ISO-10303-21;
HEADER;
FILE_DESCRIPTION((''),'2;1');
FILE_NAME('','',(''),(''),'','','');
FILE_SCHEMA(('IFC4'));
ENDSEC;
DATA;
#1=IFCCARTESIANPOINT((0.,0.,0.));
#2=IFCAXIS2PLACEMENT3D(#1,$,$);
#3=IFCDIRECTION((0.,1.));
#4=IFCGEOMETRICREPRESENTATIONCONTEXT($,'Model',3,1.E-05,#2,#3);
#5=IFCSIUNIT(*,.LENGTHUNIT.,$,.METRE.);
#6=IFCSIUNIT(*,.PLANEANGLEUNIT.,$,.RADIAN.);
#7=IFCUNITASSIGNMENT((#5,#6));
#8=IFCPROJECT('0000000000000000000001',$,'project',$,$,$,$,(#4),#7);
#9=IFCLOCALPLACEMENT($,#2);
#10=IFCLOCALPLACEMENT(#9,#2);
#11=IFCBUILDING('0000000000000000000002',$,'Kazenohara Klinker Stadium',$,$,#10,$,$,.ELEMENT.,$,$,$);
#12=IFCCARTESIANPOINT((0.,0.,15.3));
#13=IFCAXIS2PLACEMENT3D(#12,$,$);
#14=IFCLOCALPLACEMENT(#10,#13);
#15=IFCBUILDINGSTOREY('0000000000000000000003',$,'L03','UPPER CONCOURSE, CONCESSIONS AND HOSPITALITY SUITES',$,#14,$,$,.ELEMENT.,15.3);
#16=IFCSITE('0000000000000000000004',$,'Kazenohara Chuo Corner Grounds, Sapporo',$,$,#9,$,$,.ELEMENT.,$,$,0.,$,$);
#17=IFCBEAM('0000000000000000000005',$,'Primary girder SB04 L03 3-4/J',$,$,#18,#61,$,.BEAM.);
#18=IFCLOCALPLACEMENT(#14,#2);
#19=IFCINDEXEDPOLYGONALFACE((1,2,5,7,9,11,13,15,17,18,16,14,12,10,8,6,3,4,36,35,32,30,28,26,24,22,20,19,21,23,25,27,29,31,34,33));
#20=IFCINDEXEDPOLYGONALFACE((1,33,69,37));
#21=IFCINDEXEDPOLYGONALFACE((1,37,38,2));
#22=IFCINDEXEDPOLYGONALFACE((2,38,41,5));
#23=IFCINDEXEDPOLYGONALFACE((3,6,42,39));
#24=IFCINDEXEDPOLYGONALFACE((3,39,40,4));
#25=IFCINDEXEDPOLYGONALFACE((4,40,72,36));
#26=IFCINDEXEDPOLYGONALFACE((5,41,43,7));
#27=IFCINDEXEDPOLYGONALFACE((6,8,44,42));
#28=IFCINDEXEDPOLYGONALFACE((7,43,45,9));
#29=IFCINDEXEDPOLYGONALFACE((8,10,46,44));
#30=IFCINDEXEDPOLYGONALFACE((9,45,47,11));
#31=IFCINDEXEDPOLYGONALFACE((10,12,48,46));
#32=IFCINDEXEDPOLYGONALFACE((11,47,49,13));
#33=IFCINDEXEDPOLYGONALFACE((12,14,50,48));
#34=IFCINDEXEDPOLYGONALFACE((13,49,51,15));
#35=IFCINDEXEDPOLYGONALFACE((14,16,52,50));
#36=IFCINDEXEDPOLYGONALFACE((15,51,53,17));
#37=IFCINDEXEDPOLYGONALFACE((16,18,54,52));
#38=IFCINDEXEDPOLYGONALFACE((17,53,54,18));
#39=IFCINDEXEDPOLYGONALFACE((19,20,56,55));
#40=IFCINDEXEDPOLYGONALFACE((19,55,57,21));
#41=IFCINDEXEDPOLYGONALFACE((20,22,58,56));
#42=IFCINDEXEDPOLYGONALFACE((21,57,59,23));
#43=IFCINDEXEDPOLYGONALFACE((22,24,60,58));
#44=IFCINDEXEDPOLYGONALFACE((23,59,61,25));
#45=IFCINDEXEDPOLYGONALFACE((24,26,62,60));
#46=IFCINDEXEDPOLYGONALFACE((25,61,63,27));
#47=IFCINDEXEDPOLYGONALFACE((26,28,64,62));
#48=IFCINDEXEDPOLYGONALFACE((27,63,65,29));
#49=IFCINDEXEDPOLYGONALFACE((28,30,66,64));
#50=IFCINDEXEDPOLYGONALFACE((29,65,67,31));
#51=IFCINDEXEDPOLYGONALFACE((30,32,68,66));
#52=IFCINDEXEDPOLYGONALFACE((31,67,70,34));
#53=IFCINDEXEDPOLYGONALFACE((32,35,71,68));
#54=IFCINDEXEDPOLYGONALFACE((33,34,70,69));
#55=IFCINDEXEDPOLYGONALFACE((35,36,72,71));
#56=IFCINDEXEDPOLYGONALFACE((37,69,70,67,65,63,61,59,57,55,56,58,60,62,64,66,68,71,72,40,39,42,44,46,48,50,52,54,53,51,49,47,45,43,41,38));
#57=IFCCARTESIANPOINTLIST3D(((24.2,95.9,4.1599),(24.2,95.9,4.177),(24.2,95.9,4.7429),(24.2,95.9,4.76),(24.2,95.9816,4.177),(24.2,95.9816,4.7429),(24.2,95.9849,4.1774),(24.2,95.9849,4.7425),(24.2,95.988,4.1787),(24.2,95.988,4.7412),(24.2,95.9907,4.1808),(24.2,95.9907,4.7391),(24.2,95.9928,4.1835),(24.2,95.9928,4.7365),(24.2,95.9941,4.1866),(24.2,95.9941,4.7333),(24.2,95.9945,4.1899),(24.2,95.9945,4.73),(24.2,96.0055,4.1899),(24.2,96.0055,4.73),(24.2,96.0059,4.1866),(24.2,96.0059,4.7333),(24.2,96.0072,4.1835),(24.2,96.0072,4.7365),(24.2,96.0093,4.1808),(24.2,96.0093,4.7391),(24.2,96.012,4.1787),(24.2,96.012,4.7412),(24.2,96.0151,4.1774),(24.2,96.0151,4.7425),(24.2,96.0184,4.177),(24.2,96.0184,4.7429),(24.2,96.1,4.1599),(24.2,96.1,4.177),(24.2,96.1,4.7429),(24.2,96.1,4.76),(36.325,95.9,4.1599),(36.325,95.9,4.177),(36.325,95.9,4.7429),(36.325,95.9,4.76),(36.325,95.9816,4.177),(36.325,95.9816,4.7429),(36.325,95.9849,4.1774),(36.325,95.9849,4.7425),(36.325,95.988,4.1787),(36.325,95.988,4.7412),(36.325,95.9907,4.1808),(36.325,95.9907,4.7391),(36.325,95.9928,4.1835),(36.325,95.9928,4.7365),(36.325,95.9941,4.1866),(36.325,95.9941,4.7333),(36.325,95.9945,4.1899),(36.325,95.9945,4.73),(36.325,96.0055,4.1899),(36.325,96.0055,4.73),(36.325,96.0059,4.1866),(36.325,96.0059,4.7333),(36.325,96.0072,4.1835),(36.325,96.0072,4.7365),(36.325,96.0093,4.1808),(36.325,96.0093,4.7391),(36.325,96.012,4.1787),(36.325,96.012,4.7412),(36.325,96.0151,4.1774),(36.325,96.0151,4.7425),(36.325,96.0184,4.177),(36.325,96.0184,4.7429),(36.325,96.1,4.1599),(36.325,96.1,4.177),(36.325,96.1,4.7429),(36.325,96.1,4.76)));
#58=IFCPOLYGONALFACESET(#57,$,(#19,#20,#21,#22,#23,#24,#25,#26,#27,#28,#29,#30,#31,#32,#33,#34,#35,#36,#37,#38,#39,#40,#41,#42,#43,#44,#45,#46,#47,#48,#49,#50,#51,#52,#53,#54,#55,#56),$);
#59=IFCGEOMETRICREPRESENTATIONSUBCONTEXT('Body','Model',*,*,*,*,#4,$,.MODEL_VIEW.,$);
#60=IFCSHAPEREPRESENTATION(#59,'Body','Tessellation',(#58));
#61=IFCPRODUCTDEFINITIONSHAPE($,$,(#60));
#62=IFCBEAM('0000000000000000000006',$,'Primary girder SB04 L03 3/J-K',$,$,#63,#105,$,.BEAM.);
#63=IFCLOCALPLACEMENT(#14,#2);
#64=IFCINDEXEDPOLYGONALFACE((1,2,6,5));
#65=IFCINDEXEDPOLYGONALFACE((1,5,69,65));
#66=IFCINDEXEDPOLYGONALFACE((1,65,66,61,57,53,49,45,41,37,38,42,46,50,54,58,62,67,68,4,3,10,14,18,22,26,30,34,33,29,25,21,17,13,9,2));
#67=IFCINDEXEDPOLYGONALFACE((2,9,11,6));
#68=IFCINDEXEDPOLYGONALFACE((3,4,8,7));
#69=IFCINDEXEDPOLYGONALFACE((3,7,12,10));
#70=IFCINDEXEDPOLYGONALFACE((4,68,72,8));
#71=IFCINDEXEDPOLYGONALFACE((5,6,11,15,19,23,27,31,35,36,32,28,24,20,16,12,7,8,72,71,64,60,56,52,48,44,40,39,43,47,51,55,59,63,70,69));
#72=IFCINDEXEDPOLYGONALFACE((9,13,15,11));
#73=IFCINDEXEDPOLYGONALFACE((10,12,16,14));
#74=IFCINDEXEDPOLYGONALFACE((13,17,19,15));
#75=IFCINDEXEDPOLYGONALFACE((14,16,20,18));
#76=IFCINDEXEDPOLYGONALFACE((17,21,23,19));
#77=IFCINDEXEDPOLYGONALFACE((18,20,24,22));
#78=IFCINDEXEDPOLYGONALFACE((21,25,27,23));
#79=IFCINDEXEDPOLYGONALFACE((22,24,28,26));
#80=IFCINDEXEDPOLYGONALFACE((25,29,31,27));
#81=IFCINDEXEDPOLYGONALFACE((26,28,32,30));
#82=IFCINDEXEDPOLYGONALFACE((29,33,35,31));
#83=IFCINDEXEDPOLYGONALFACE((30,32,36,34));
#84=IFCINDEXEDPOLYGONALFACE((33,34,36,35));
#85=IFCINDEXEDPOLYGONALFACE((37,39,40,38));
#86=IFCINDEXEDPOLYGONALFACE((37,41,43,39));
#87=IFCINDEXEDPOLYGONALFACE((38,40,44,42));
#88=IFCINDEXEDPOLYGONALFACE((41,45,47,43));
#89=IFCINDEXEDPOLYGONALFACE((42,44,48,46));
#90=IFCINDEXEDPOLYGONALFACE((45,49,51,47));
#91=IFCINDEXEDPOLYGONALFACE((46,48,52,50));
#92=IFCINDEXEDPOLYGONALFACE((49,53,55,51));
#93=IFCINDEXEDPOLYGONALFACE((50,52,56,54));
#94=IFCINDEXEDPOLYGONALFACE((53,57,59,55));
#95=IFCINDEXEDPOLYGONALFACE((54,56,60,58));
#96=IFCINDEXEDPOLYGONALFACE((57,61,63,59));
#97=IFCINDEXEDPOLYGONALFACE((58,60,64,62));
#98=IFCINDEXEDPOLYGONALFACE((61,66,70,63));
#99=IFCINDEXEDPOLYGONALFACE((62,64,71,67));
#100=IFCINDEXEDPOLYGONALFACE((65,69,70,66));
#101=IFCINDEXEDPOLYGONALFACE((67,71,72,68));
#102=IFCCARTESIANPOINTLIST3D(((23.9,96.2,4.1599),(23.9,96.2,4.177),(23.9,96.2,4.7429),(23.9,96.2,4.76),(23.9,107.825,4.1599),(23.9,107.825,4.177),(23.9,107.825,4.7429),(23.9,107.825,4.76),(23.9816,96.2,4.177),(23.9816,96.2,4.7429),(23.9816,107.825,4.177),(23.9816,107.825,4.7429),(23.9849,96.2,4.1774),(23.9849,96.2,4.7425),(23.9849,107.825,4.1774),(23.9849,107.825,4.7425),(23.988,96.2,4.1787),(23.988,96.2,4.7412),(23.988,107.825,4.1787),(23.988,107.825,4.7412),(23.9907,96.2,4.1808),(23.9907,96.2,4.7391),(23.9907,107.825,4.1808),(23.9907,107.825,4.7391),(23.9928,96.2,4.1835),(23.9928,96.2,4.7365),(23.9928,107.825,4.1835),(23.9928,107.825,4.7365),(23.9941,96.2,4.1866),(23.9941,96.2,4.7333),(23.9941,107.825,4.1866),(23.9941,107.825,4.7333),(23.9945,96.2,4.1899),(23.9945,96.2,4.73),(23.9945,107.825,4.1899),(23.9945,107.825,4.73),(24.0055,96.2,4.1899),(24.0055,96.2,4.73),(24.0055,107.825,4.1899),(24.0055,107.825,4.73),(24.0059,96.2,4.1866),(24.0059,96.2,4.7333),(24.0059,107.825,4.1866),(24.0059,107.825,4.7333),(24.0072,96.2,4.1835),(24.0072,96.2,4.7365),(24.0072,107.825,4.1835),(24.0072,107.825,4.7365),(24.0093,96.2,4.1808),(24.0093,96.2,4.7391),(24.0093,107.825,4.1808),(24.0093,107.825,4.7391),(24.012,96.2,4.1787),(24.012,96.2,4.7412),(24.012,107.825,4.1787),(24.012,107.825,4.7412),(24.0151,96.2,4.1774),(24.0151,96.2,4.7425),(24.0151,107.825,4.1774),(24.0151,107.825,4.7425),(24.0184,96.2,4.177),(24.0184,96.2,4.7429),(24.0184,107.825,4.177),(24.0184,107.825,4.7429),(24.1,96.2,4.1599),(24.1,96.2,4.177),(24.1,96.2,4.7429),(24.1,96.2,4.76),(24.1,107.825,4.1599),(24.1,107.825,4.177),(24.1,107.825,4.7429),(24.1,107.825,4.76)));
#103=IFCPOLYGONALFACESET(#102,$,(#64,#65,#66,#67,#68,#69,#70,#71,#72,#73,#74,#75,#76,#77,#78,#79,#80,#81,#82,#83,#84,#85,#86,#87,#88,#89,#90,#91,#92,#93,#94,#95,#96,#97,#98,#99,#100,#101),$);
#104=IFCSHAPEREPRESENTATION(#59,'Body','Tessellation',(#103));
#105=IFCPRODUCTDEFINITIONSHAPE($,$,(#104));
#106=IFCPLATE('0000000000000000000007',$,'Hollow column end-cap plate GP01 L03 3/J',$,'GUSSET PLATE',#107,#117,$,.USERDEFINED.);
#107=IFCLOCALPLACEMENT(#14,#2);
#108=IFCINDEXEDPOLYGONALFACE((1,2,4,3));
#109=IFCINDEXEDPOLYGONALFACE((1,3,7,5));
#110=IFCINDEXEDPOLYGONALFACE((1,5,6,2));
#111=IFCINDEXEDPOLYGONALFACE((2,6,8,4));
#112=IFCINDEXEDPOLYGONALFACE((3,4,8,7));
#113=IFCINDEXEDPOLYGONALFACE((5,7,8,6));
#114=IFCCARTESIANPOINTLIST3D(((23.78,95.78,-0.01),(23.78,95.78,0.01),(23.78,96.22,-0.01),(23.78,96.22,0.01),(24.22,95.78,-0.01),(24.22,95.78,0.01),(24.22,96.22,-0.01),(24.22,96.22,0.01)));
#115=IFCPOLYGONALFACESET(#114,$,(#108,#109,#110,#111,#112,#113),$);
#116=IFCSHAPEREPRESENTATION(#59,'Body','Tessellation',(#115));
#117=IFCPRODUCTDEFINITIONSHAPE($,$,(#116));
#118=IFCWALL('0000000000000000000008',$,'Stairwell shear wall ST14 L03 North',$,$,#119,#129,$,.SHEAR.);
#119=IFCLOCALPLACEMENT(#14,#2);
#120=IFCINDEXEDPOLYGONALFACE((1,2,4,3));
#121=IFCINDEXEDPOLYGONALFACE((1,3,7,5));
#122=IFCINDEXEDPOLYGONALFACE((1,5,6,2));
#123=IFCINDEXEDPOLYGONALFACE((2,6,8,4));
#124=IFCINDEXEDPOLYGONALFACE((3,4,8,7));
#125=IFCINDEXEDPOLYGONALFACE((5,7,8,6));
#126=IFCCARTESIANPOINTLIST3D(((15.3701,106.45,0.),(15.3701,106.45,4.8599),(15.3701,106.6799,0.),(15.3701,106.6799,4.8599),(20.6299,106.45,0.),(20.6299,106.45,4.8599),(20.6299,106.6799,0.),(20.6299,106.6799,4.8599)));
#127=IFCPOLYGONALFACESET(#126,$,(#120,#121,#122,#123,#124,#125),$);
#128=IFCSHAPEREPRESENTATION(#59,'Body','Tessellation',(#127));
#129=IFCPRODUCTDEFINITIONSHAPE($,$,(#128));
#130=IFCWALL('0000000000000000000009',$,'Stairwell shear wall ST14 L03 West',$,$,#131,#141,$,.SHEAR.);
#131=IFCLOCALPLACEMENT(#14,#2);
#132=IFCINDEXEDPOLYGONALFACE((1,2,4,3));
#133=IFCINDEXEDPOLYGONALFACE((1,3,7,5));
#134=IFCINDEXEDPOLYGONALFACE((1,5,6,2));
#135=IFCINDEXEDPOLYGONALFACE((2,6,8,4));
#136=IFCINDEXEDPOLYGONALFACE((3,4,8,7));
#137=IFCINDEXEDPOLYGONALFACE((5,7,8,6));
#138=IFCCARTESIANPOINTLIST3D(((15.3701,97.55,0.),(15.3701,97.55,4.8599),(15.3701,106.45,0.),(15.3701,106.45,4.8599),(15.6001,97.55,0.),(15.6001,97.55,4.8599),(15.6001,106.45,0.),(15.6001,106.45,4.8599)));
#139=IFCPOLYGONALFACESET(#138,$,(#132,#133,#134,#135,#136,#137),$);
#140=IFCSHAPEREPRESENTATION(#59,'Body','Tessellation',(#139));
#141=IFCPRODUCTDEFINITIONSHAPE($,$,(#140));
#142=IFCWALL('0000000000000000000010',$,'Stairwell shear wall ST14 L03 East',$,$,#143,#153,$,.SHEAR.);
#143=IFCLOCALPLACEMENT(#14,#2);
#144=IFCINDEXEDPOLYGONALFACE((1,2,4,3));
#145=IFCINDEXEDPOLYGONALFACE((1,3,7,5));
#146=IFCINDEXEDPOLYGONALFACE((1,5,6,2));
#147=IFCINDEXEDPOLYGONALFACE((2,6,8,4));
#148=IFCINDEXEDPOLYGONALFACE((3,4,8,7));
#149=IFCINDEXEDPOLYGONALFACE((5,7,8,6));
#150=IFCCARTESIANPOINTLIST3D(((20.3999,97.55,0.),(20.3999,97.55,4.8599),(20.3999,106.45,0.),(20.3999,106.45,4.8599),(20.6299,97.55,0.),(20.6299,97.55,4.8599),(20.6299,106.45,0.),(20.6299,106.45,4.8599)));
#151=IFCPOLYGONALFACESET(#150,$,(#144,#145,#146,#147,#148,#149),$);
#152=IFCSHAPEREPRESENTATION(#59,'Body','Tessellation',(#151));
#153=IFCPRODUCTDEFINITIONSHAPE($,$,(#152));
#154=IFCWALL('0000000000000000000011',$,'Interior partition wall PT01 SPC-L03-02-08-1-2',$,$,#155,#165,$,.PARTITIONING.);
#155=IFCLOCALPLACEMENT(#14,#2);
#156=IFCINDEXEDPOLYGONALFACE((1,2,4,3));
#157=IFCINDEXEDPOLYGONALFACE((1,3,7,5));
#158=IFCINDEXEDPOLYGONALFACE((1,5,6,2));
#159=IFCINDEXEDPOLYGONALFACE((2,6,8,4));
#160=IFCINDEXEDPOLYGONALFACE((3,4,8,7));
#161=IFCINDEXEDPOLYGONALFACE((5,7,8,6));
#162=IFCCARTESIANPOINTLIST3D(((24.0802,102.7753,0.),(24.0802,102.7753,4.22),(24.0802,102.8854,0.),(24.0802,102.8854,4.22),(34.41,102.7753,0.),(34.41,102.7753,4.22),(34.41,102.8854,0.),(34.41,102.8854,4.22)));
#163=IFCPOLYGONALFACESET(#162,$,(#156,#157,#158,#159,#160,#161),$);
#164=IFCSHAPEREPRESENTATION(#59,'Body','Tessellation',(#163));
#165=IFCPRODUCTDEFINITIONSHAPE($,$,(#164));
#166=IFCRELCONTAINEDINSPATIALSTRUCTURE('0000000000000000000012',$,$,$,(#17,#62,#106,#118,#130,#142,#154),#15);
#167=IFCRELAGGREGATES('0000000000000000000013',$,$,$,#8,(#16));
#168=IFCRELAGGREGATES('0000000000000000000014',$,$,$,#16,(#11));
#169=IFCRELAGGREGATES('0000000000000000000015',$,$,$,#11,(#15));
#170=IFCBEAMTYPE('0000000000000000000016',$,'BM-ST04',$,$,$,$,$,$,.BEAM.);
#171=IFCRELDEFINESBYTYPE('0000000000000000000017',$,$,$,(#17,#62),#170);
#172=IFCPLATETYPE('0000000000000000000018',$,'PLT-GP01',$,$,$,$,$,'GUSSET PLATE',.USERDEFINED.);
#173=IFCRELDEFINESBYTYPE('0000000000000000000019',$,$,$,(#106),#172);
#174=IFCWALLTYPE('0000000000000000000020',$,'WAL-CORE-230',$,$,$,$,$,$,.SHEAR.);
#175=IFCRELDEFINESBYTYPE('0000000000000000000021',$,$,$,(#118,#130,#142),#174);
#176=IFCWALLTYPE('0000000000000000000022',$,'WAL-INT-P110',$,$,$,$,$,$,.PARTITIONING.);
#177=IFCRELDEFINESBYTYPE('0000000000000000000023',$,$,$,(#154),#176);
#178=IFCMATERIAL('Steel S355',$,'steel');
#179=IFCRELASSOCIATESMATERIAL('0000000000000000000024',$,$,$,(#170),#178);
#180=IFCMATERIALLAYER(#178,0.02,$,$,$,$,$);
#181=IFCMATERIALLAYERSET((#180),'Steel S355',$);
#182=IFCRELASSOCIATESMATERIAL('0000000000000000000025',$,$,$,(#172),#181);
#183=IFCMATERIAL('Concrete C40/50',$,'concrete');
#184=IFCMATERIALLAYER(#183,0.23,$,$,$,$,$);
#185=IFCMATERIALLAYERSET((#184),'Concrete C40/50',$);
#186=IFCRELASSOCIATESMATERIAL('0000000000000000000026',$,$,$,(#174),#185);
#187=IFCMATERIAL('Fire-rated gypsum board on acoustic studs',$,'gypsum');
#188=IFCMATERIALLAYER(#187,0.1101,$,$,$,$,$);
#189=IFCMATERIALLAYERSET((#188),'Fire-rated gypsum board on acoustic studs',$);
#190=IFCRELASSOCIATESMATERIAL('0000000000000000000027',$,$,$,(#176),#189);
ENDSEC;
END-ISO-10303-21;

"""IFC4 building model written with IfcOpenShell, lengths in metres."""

from ifc_helpers import new_model, si_unit, direction, frame, frame_2d, origin, origin_2d, place, context, subcontext, project, spatial, rectangle, i_section, extrude, material, layer, layer_set, material_profile, profile_set, type_object, element, save


model = new_model("IFC4")

# Units and contexts
model_context = context("Model", 3, precision=1e-05, world=origin(), true_north=direction((0.0, 1.0)))
body_context = subcontext(model_context, "Body", "Model", "MODEL_VIEW")
ifc_project = project(units=[si_unit("LENGTHUNIT", "METRE"), si_unit("PLANEANGLEUNIT", "RADIAN")], contexts=[model_context])

# Site, building, storey
site_placement = place(None, origin())
site = spatial("IfcSite", under=ifc_project, at=site_placement, Name="Kazenohara Chuo Corner Grounds, Sapporo", CompositionType="ELEMENT", RefElevation=0.0)
building_placement = place(site_placement, origin())
building = spatial("IfcBuilding", under=site, at=building_placement, Name="Kazenohara Klinker Stadium", CompositionType="ELEMENT")
storey_placement = place(building_placement, frame((0.0, 0.0, 15.3)))
storey = spatial("IfcBuildingStorey", under=building, at=storey_placement, Name="L03", Description="UPPER CONCOURSE, CONCESSIONS AND HOSPITALITY SUITES", CompositionType="ELEMENT", Elevation=15.3)

# Shared definitions
ifc_material_1 = material(Name="Steel S355", Category="steel")

# Beams
ifc_material_profile_1 = material_profile(ifc_material_1, i_section(OverallWidth=0.2, OverallDepth=0.6001, WebThickness=0.011, FlangeThickness=0.0171, FilletRadius=0.0129, at=origin_2d()), Name="H-600x200x11x17")
ifc_profile_set_1 = profile_set([ifc_material_profile_1], Name="Steel S355")
beam_type_1 = type_object("IfcBeamType", Name="BM-ST04", PredefinedType="BEAM", material=ifc_profile_set_1)
beam_1_placement = place(storey_placement, frame((24.2, 96.0, 4.46), z_axis=(1.0, 0.0, 0.0), x_axis=(0.0, 1.0, 0.0)))
element("IfcBeam", 1, at=beam_1_placement, inside=storey, type_object=beam_type_1, Name="Primary girder SB04 L03 3-4/J", PredefinedType="BEAM", context=body_context, shape_type="SweptSolid", body=[
    extrude(i_section(OverallWidth=0.2, OverallDepth=0.6001, WebThickness=0.011, FlangeThickness=0.0171, FilletRadius=0.0129, at=origin_2d()), origin(), (0.0, 0.0, 1.0), 12.125),
])
beam_2_placement = place(storey_placement, frame((24.0, 96.2, 4.46), z_axis=(0.0, 1.0, 0.0), x_axis=(-1.0, 0.0, 0.0)))
element("IfcBeam", 2, at=beam_2_placement, inside=storey, type_object=beam_type_1, Name="Primary girder SB04 L03 3/J-K", PredefinedType="BEAM", context=body_context, shape_type="SweptSolid", body=[
    extrude(i_section(OverallWidth=0.2, OverallDepth=0.6001, WebThickness=0.011, FlangeThickness=0.0171, FilletRadius=0.0129, at=origin_2d()), origin(), (0.0, 0.0, 1.0), 11.625),
])

# Plate
ifc_layer_1 = layer(ifc_material_1, 0.02)
ifc_layer_set_1 = layer_set([ifc_layer_1], Name="Steel S355")
plate_type = type_object("IfcPlateType", Name="PLT-GP01", ElementType="GUSSET PLATE", PredefinedType="USERDEFINED", material=ifc_layer_set_1)
plate_placement = place(storey_placement, frame((24.0, 96.0, -0.01), z_axis=(0.0, 0.0, 1.0), x_axis=(1.0, 0.0, 0.0)))
element("IfcPlate", 3, at=plate_placement, inside=storey, type_object=plate_type, Name="Hollow column end-cap plate GP01 L03 3/J", ObjectType="GUSSET PLATE", PredefinedType="USERDEFINED", context=body_context, shape_type="SweptSolid", body=[
    extrude(rectangle(XDim=0.4399, YDim=0.4399, at=origin_2d()), origin(), (0.0, 0.0, 1.0), 0.02),
])

# Walls
ifc_material_2 = material(Name="Concrete C40/50", Category="concrete")
ifc_layer_2 = layer(ifc_material_2, 0.23)
ifc_layer_set_2 = layer_set([ifc_layer_2], Name="Concrete C40/50")
wall_type_1 = type_object("IfcWallType", Name="WAL-CORE-230", PredefinedType="SHEAR", material=ifc_layer_set_2)
wall_1_placement = place(storey_placement, frame((15.3701, 106.5649, 0.0), z_axis=(0.0, 0.0, 1.0), x_axis=(1.0, 0.0, 0.0)))
element("IfcWall", 4, at=wall_1_placement, inside=storey, type_object=wall_type_1, Name="Stairwell shear wall ST14 L03 North", PredefinedType="SHEAR", context=body_context, shape_type="SweptSolid", body=[
    extrude(rectangle(XDim=5.2598, YDim=0.23, at=frame_2d((2.6299, 0.0))), origin(), (0.0, 0.0, 1.0), 4.8599),
])
for number, where, z_axis, x_axis, name in (
    (5, (15.4851, 97.55, 0.0), (0.0, 0.0, 1.0), (0.0, 1.0, 0.0), "Stairwell shear wall ST14 L03 West"),
    (6, (20.5149, 97.55, 0.0), (0.0, 0.0, 1.0), (0.0, 1.0, 0.0), "Stairwell shear wall ST14 L03 East"),
):
    element("IfcWall", number, at=place(storey_placement, frame(where, z_axis=z_axis, x_axis=x_axis)), inside=storey, type_object=wall_type_1, Name=name, PredefinedType="SHEAR", context=body_context, shape_type="SweptSolid", body=[
        extrude(rectangle(XDim=8.8999, YDim=0.23, at=frame_2d((4.45, 0.0))), origin(), (0.0, 0.0, 1.0), 4.8599),
    ])
ifc_material_3 = material(Name="Fire-rated gypsum board on acoustic studs", Category="gypsum")
ifc_layer_3 = layer(ifc_material_3, 0.1101)
ifc_layer_set_3 = layer_set([ifc_layer_3], Name="Fire-rated gypsum board on acoustic studs")
wall_type_2 = type_object("IfcWallType", Name="WAL-INT-P110", PredefinedType="PARTITIONING", material=ifc_layer_set_3)
wall_2_placement = place(storey_placement, frame((24.0801, 102.8303, 0.0), z_axis=(0.0, 0.0, 1.0), x_axis=(1.0, 0.0, 0.0)))
element("IfcWall", 7, at=wall_2_placement, inside=storey, type_object=wall_type_2, Name="Interior partition wall PT01 SPC-L03-02-08-1-2", PredefinedType="PARTITIONING", context=body_context, shape_type="SweptSolid", body=[
    extrude(rectangle(XDim=10.3298, YDim=0.1101, at=frame_2d((5.165, 0.0))), origin(), (0.0, 0.0, 1.0), 4.22),
])

save(model, "model.ifc")
